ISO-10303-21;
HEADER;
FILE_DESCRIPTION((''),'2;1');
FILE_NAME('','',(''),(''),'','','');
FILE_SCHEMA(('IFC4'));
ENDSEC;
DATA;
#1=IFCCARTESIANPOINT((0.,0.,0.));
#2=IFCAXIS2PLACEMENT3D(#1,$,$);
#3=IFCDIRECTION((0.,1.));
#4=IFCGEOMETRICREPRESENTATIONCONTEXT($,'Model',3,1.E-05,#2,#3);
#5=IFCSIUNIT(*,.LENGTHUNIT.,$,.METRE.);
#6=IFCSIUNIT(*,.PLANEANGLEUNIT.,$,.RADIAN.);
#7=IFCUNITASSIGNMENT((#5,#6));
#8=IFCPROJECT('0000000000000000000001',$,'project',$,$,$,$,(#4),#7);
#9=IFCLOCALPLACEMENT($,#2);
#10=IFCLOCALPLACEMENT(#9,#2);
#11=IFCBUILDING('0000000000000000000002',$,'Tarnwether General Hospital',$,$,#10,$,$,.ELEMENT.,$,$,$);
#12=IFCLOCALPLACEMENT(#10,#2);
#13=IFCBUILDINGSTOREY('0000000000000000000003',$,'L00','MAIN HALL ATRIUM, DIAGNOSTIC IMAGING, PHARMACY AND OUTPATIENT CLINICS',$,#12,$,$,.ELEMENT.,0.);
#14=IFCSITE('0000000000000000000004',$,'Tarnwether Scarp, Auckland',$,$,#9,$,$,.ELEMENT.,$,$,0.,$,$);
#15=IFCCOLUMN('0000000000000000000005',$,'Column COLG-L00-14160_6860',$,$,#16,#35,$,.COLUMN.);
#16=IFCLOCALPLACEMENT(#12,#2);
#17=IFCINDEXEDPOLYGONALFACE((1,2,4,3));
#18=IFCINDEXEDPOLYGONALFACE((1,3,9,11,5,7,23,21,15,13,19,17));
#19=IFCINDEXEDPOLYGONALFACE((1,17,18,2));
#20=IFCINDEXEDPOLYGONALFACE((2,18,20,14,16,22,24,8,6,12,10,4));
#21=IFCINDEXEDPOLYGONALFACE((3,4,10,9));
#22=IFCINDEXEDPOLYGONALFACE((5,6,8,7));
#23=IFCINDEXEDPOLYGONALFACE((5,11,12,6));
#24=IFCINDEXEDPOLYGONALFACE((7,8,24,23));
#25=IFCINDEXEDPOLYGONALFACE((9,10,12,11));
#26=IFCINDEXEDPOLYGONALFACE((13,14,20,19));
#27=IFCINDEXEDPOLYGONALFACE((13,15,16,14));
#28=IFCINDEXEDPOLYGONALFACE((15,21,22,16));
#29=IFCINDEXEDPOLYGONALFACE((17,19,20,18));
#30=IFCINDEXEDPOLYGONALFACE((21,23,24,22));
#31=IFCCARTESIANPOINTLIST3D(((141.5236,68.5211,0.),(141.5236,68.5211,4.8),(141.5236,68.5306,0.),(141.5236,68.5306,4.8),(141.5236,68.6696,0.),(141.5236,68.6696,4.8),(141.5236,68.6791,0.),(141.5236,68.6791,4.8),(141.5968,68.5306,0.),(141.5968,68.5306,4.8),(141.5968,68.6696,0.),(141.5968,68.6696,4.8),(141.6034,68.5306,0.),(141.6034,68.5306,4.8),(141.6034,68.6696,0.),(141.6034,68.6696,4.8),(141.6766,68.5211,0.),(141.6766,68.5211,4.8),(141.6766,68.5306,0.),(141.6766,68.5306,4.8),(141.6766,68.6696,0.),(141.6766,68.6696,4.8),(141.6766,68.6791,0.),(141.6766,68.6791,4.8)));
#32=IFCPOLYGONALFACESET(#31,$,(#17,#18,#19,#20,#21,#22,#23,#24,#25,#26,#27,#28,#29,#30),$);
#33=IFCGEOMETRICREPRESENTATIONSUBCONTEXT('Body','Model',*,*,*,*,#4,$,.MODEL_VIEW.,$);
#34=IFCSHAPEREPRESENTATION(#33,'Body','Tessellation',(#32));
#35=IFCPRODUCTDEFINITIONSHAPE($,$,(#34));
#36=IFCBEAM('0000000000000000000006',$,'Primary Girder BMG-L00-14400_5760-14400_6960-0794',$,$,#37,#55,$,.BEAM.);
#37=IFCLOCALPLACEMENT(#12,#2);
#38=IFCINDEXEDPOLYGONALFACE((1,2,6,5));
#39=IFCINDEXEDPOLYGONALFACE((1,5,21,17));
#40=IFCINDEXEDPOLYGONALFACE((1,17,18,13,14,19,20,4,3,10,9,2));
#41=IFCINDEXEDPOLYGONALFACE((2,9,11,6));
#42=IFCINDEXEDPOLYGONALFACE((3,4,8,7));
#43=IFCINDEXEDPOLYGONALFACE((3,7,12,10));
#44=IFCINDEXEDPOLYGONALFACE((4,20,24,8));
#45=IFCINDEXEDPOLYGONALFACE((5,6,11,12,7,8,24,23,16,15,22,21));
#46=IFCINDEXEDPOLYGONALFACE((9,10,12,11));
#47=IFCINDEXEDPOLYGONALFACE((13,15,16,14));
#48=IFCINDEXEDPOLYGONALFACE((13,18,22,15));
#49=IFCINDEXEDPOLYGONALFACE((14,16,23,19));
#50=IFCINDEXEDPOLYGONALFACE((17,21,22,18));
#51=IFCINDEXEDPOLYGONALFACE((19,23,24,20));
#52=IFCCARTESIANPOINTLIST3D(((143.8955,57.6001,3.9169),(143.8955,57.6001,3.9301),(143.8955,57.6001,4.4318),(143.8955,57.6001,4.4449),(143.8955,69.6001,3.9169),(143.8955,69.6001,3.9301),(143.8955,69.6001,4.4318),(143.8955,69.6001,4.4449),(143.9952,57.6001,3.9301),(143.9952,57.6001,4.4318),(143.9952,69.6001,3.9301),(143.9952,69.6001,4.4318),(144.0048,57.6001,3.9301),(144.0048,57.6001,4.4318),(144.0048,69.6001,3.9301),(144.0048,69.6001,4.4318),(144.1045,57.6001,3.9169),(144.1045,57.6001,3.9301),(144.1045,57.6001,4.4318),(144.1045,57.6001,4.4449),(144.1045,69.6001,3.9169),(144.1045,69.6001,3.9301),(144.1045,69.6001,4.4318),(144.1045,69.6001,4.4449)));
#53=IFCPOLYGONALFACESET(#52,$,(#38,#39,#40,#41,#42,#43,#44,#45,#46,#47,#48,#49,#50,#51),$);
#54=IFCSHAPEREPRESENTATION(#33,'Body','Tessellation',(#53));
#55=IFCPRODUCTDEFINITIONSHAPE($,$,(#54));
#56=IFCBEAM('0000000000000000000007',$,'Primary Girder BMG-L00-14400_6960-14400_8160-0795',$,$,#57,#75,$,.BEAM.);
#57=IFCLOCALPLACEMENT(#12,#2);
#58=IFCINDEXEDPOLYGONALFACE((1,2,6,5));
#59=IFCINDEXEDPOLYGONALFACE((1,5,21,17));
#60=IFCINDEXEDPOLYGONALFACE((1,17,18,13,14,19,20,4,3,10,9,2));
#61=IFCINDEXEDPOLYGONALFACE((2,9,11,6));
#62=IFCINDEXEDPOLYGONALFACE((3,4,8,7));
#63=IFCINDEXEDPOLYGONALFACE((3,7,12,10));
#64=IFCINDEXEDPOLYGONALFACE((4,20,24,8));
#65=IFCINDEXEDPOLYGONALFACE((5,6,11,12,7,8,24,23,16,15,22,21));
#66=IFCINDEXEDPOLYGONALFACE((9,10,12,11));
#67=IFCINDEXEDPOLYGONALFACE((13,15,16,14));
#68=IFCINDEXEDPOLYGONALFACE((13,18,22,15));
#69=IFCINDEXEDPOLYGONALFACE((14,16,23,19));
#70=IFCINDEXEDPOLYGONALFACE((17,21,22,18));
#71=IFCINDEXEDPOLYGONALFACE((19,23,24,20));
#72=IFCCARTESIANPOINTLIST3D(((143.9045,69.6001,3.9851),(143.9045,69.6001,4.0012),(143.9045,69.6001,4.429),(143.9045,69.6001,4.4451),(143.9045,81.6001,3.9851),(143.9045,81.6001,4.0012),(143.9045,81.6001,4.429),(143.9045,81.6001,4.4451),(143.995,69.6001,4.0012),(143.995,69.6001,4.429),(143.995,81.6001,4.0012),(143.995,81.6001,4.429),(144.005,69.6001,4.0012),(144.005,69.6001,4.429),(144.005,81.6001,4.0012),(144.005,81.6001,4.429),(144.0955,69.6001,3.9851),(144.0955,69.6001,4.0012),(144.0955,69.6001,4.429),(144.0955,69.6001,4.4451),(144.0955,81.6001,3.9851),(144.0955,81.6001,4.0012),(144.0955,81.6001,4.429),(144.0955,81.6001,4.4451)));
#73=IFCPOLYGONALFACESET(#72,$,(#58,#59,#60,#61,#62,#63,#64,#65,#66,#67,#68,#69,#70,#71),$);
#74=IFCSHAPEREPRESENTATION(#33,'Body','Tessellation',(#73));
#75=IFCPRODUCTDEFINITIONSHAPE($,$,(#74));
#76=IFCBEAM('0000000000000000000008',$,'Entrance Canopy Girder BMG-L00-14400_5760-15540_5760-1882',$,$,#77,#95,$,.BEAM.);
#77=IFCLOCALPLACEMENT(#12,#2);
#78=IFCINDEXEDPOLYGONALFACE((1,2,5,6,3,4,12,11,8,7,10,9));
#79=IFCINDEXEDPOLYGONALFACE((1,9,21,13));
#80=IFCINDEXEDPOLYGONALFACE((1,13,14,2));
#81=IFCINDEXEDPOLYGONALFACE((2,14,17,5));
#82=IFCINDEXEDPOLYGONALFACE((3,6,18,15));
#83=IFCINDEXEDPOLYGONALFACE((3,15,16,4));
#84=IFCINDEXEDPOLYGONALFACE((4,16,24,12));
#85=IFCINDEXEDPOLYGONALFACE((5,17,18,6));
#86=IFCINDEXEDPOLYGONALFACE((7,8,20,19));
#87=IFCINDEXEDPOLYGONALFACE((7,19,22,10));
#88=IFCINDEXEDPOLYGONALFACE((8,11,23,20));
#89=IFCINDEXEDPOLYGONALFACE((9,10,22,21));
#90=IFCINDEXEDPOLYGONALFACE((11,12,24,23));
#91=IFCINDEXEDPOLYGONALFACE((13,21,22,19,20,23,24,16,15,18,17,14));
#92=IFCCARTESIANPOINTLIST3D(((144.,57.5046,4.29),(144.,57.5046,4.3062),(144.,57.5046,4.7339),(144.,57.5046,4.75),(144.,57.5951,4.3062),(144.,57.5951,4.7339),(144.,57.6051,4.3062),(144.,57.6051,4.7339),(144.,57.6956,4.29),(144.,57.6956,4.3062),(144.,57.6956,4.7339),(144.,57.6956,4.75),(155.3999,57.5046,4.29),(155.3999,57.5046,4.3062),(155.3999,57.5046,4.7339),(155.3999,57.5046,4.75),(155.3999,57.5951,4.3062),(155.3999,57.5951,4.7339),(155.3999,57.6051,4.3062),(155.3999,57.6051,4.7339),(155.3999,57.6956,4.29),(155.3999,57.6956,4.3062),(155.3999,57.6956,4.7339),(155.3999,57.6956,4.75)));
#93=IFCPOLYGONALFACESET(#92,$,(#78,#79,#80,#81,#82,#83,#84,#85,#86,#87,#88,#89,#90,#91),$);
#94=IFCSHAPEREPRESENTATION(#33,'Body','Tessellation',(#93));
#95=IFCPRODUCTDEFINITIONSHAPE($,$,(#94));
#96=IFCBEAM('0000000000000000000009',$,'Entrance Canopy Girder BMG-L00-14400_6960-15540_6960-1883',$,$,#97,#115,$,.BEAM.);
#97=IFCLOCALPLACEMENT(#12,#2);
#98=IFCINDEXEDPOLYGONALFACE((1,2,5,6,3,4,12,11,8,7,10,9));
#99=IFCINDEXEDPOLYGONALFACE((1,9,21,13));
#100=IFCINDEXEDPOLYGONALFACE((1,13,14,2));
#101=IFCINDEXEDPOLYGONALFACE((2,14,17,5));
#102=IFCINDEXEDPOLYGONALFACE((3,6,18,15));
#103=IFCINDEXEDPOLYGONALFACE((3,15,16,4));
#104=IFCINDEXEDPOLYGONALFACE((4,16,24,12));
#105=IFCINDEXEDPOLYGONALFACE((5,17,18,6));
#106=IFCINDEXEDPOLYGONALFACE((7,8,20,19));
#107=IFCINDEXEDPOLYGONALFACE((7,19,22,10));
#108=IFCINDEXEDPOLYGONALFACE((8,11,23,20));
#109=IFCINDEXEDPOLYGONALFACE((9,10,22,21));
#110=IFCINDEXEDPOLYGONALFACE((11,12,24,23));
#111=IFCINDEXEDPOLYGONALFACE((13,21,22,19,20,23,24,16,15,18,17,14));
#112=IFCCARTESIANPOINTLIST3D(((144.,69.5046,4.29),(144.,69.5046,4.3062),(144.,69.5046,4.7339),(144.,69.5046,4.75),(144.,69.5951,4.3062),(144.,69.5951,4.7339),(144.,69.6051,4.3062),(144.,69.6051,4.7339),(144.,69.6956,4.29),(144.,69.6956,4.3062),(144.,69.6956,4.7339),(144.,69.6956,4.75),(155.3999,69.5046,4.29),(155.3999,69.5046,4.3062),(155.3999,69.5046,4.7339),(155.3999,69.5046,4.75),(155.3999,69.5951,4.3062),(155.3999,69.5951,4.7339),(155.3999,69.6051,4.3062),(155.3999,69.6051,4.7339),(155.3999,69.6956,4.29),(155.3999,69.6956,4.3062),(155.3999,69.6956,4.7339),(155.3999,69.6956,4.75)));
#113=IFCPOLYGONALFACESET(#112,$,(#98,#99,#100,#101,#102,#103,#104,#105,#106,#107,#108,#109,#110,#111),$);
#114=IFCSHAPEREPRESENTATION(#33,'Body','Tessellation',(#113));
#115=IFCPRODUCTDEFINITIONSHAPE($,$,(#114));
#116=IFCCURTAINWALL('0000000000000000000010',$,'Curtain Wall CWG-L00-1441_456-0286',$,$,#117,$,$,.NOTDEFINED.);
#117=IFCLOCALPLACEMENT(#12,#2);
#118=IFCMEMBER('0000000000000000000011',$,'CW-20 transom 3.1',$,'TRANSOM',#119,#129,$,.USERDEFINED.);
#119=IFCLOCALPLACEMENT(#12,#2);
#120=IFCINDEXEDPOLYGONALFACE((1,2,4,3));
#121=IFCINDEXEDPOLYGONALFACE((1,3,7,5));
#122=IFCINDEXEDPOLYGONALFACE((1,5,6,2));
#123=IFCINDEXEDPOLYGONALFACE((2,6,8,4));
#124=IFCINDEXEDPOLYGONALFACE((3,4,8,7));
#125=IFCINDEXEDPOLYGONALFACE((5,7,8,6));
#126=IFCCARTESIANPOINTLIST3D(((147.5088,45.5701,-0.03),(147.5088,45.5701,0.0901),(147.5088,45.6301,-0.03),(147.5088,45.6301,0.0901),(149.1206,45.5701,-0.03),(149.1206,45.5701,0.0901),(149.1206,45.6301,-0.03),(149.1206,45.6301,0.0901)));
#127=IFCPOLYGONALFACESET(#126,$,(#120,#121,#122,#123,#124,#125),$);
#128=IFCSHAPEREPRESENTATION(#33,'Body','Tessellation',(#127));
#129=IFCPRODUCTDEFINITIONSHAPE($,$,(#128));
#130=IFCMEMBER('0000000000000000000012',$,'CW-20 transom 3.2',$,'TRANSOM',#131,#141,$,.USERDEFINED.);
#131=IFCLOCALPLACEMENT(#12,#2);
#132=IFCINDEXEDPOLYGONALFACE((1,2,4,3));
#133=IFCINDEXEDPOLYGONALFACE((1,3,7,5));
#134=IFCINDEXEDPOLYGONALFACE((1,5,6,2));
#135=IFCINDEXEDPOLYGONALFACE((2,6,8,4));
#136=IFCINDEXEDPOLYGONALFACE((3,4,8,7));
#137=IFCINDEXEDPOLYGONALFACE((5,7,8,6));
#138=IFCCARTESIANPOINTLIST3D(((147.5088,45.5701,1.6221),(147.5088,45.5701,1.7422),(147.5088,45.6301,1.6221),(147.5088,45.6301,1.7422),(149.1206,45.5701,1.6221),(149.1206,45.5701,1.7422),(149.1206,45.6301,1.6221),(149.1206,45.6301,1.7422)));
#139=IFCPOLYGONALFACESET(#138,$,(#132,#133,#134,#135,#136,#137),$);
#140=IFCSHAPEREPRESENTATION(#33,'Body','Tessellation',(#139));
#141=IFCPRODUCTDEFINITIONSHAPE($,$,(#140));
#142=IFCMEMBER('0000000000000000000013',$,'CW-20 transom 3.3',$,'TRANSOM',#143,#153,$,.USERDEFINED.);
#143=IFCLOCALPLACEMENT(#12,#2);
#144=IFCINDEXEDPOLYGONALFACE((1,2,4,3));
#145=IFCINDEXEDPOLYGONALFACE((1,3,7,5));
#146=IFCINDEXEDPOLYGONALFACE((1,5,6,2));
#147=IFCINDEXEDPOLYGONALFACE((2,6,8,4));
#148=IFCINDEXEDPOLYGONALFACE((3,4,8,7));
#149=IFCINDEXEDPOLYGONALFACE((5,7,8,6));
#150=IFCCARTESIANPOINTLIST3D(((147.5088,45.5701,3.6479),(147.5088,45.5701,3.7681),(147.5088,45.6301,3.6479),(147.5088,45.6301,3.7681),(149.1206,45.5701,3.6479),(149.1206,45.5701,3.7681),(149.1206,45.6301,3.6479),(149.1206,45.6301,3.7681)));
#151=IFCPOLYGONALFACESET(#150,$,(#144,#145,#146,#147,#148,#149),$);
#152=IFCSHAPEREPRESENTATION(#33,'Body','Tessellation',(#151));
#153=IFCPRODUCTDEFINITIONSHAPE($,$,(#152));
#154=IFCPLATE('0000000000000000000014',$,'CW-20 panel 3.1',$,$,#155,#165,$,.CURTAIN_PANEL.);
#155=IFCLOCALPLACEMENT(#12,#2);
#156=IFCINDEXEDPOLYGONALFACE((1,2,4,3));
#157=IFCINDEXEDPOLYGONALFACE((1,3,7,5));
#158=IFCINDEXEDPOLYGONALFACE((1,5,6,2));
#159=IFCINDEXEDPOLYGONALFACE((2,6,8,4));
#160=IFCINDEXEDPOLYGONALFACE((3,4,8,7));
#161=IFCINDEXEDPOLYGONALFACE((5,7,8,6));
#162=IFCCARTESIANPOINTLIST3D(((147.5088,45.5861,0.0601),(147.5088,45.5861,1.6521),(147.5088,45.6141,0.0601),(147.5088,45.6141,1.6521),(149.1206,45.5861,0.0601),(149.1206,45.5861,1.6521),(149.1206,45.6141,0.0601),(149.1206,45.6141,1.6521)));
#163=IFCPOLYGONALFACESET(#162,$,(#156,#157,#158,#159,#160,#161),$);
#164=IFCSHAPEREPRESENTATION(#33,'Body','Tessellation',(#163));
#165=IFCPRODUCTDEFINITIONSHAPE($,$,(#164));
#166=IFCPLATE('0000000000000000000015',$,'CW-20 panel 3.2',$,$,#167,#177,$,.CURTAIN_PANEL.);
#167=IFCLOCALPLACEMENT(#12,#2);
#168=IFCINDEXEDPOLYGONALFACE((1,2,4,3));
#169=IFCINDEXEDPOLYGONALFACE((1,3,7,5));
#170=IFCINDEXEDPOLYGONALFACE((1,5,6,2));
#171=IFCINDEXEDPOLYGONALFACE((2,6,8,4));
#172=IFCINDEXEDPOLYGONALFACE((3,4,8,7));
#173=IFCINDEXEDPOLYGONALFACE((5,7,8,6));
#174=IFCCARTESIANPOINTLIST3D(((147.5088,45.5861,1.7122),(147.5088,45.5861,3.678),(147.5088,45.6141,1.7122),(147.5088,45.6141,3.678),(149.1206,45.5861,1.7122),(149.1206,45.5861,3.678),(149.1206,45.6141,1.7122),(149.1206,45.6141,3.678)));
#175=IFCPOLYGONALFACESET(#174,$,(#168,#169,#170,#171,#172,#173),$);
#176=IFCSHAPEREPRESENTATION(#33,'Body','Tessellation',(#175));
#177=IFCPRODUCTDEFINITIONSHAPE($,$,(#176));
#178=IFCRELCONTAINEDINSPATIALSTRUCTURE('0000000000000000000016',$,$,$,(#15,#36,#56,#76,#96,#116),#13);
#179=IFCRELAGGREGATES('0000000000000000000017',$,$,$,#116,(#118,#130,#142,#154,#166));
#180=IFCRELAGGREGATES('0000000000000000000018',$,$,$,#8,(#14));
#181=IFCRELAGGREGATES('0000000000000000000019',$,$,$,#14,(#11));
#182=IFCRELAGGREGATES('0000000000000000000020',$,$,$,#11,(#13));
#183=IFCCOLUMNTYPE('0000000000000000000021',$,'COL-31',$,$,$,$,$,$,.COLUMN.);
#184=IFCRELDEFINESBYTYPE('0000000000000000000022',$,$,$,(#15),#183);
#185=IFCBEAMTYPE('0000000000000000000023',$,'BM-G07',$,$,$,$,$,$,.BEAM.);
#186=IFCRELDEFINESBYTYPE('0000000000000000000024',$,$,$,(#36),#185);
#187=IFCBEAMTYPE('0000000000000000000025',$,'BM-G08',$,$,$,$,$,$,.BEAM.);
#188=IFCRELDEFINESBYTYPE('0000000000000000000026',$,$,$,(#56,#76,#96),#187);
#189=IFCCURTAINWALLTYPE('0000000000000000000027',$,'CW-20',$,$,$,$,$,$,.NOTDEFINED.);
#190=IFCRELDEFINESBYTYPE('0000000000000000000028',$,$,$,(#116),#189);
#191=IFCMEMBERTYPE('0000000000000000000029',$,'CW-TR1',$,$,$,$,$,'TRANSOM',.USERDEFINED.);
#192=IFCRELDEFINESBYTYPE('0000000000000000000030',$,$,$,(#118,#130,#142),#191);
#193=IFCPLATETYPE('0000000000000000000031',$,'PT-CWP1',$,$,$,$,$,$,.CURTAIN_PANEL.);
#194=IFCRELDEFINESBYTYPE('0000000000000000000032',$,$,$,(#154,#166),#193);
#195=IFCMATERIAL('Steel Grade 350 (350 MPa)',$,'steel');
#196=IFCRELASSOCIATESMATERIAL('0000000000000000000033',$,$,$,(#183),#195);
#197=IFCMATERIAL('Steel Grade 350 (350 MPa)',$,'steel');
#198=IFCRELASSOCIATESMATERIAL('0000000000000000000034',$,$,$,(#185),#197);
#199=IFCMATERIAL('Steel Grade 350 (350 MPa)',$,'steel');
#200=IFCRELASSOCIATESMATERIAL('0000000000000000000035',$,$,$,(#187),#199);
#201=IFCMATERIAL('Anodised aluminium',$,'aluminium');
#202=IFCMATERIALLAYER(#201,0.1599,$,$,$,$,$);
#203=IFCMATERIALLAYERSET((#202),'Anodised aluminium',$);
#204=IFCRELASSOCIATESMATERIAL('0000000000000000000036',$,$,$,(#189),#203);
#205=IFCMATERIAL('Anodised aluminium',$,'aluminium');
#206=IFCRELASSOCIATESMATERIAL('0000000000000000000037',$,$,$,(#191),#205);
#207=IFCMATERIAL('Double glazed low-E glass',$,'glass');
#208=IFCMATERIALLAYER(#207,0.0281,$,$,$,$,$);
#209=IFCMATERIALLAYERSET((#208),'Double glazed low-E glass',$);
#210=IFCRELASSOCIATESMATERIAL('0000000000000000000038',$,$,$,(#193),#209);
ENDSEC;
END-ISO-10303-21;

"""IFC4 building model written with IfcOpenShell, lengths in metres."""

from ifc_helpers import new_model, si_unit, direction, frame, origin, origin_2d, place, context, subcontext, project, spatial, rectangle, i_section, extrude, material, layer, layer_set, material_profile, profile_set, type_object, element, aggregate, save


model = new_model("IFC4")

# Units and contexts
model_context = context("Model", 3, precision=1e-05, world=origin(), true_north=direction((0.0, 1.0)))
body_context = subcontext(model_context, "Body", "Model", "MODEL_VIEW")
ifc_project = project(units=[si_unit("LENGTHUNIT", "METRE"), si_unit("PLANEANGLEUNIT", "RADIAN")], contexts=[model_context])

# Site, building, storey
site_placement = place(None, origin())
site = spatial("IfcSite", under=ifc_project, at=site_placement, Name="Tarnwether Scarp, Auckland", CompositionType="ELEMENT", RefElevation=0.0)
building_placement = place(site_placement, origin())
building = spatial("IfcBuilding", under=site, at=building_placement, Name="Tarnwether General Hospital", CompositionType="ELEMENT")
storey_placement = place(building_placement, origin())
storey = spatial("IfcBuildingStorey", under=building, at=storey_placement, Name="L00", Description="MAIN HALL ATRIUM, DIAGNOSTIC IMAGING, PHARMACY AND OUTPATIENT CLINICS", CompositionType="ELEMENT", Elevation=0.0)

# Column
ifc_material_1 = material(Name="Steel Grade 350 (350 MPa)", Category="steel")
ifc_material_profile_1 = material_profile(ifc_material_1, i_section(OverallWidth=0.1531, OverallDepth=0.158, WebThickness=0.0066, FlangeThickness=0.0095, at=origin_2d()), Name="150UC30.0")
ifc_profile_set_1 = profile_set([ifc_material_profile_1], Name="Steel Grade 350 (350 MPa)")
column_type_1 = type_object("IfcColumnType", Name="COL-31", PredefinedType="COLUMN", material=ifc_profile_set_1)
column_1_placement = place(storey_placement, frame((141.6001, 68.6001, 0.0), z_axis=(0.0, 0.0, 1.0), x_axis=(1.0, 0.0, 0.0)))
element("IfcColumn", 1, at=column_1_placement, inside=storey, type_object=column_type_1, Name="Column COLG-L00-14160_6860", PredefinedType="COLUMN", context=body_context, shape_type="SweptSolid", body=[
    extrude(i_section(OverallWidth=0.1531, OverallDepth=0.158, WebThickness=0.0066, FlangeThickness=0.0095, at=origin_2d()), origin(), (0.0, 0.0, 1.0), 4.8),
])

# Beams
ifc_material_2 = material(Name="Steel Grade 350 (350 MPa)", Category="steel")
ifc_material_profile_2 = material_profile(ifc_material_2, i_section(OverallWidth=0.209, OverallDepth=0.5281, WebThickness=0.0095, FlangeThickness=0.0132, at=origin_2d()), Name="530UB82.0")
ifc_profile_set_2 = profile_set([ifc_material_profile_2], Name="Steel Grade 350 (350 MPa)")
beam_type_1 = type_object("IfcBeamType", Name="BM-G07", PredefinedType="BEAM", material=ifc_profile_set_2)
beam_1_placement = place(storey_placement, frame((144.0, 57.6001, 4.1809), z_axis=(0.0, 1.0, 0.0), x_axis=(-1.0, 0.0, 0.0)))
element("IfcBeam", 2, at=beam_1_placement, inside=storey, type_object=beam_type_1, Name="Primary Girder BMG-L00-14400_5760-14400_6960-0794", PredefinedType="BEAM", context=body_context, shape_type="SweptSolid", body=[
    extrude(i_section(OverallWidth=0.209, OverallDepth=0.5281, WebThickness=0.0095, FlangeThickness=0.0132, at=origin_2d()), origin(), (0.0, 0.0, 1.0), 12.0),
])
ifc_material_3 = material(Name="Steel Grade 350 (350 MPa)", Category="steel")
ifc_material_profile_3 = material_profile(ifc_material_3, i_section(OverallWidth=0.1909, OverallDepth=0.46, WebThickness=0.01, FlangeThickness=0.0161, at=origin_2d()), Name="460UB82.1")
ifc_profile_set_3 = profile_set([ifc_material_profile_3], Name="Steel Grade 350 (350 MPa)")
beam_type_2 = type_object("IfcBeamType", Name="BM-G08", PredefinedType="BEAM", material=ifc_profile_set_3)
beam_2_placement = place(storey_placement, frame((144.0, 69.6001, 4.2151), z_axis=(0.0, 1.0, 0.0), x_axis=(-1.0, 0.0, 0.0)))
element("IfcBeam", 3, at=beam_2_placement, inside=storey, type_object=beam_type_2, Name="Primary Girder BMG-L00-14400_6960-14400_8160-0795", PredefinedType="BEAM", context=body_context, shape_type="SweptSolid", body=[
    extrude(i_section(OverallWidth=0.1909, OverallDepth=0.46, WebThickness=0.01, FlangeThickness=0.0161, at=origin_2d()), origin(), (0.0, 0.0, 1.0), 12.0),
])
for number, where, z_axis, x_axis, name in (
    (4, (144.0, 57.6001, 4.52), (1.0, 0.0, 0.0), (0.0, 1.0, 0.0), "Entrance Canopy Girder BMG-L00-14400_5760-15540_5760-1882"),
    (5, (144.0, 69.6001, 4.52), (1.0, 0.0, 0.0), (0.0, 1.0, 0.0), "Entrance Canopy Girder BMG-L00-14400_6960-15540_6960-1883"),
):
    element("IfcBeam", number, at=place(storey_placement, frame(where, z_axis=z_axis, x_axis=x_axis)), inside=storey, type_object=beam_type_2, Name=name, PredefinedType="BEAM", context=body_context, shape_type="SweptSolid", body=[
        extrude(i_section(OverallWidth=0.1909, OverallDepth=0.46, WebThickness=0.01, FlangeThickness=0.0161, at=origin_2d()), origin(), (0.0, 0.0, 1.0), 11.3999),
    ])

# Curtain wall, members, plates
ifc_material_4 = material(Name="Anodised aluminium", Category="aluminium")
ifc_layer_1 = layer(ifc_material_4, 0.1599)
ifc_layer_set_1 = layer_set([ifc_layer_1], Name="Anodised aluminium")
curtain_wall_type = type_object("IfcCurtainWallType", Name="CW-20", PredefinedType="NOTDEFINED", material=ifc_layer_set_1)
curtain_wall_placement = place(storey_placement, origin())
curtain_wall = element("IfcCurtainWall", 6, at=curtain_wall_placement, inside=storey, type_object=curtain_wall_type, Name="Curtain Wall CWG-L00-1441_456-0286", PredefinedType="NOTDEFINED")
ifc_material_5 = material(Name="Anodised aluminium", Category="aluminium")
ifc_material_profile_4 = material_profile(ifc_material_5, rectangle(XDim=0.0601, YDim=0.1201, at=origin_2d()), Name="ALU-TRN-60x120")
ifc_profile_set_4 = profile_set([ifc_material_profile_4], Name="Anodised aluminium")
member_type = type_object("IfcMemberType", Name="CW-TR1", ElementType="TRANSOM", PredefinedType="USERDEFINED", material=ifc_profile_set_4)
member_1_placement = place(storey_placement, frame((147.5088, 45.6001, 0.03), z_axis=(1.0, 0.0, 0.0), x_axis=(0.0, 1.0, 0.0)))
member_1 = element("IfcMember", 7, at=member_1_placement, type_object=member_type, Name="CW-20 transom 3.1", ObjectType="TRANSOM", PredefinedType="USERDEFINED", context=body_context, shape_type="SweptSolid", body=[
    extrude(rectangle(XDim=0.0601, YDim=0.1201, at=origin_2d()), origin(), (0.0, 0.0, 1.0), 1.6118),
])
member_2_placement = place(storey_placement, frame((147.5088, 45.6001, 1.6821), z_axis=(1.0, 0.0, 0.0), x_axis=(0.0, 1.0, 0.0)))
member_2 = element("IfcMember", 8, at=member_2_placement, type_object=member_type, Name="CW-20 transom 3.2", ObjectType="TRANSOM", PredefinedType="USERDEFINED", context=body_context, shape_type="SweptSolid", body=[
    extrude(rectangle(XDim=0.0601, YDim=0.1201, at=origin_2d()), origin(), (0.0, 0.0, 1.0), 1.6118),
])
member_3_placement = place(storey_placement, frame((147.5088, 45.6001, 3.708), z_axis=(1.0, 0.0, 0.0), x_axis=(0.0, 1.0, 0.0)))
member_3 = element("IfcMember", 9, at=member_3_placement, type_object=member_type, Name="CW-20 transom 3.3", ObjectType="TRANSOM", PredefinedType="USERDEFINED", context=body_context, shape_type="SweptSolid", body=[
    extrude(rectangle(XDim=0.0601, YDim=0.1201, at=origin_2d()), origin(), (0.0, 0.0, 1.0), 1.6118),
])
ifc_material_6 = material(Name="Double glazed low-E glass", Category="glass")
ifc_layer_2 = layer(ifc_material_6, 0.0281)
ifc_layer_set_2 = layer_set([ifc_layer_2], Name="Double glazed low-E glass")
plate_type_1 = type_object("IfcPlateType", Name="PT-CWP1", PredefinedType="CURTAIN_PANEL", material=ifc_layer_set_2)
plate_1_placement = place(storey_placement, frame((148.3147, 45.6001, 0.0601), z_axis=(0.0, 0.0, 1.0), x_axis=(1.0, 0.0, 0.0)))
plate_1 = element("IfcPlate", 10, at=plate_1_placement, type_object=plate_type_1, Name="CW-20 panel 3.1", PredefinedType="CURTAIN_PANEL", context=body_context, shape_type="SweptSolid", body=[
    extrude(rectangle(XDim=1.6118, YDim=0.0281, at=origin_2d()), origin(), (0.0, 0.0, 1.0), 1.592),
])
plate_2_placement = place(storey_placement, frame((148.3147, 45.6001, 1.7122), z_axis=(0.0, 0.0, 1.0), x_axis=(1.0, 0.0, 0.0)))
plate_2 = element("IfcPlate", 11, at=plate_2_placement, type_object=plate_type_1, Name="CW-20 panel 3.2", PredefinedType="CURTAIN_PANEL", context=body_context, shape_type="SweptSolid", body=[
    extrude(rectangle(XDim=1.6118, YDim=0.0281, at=origin_2d()), origin(), (0.0, 0.0, 1.0), 1.9658),
])
aggregate(curtain_wall, [member_1, member_2, member_3, plate_1, plate_2])

save(model, "model.ifc")
